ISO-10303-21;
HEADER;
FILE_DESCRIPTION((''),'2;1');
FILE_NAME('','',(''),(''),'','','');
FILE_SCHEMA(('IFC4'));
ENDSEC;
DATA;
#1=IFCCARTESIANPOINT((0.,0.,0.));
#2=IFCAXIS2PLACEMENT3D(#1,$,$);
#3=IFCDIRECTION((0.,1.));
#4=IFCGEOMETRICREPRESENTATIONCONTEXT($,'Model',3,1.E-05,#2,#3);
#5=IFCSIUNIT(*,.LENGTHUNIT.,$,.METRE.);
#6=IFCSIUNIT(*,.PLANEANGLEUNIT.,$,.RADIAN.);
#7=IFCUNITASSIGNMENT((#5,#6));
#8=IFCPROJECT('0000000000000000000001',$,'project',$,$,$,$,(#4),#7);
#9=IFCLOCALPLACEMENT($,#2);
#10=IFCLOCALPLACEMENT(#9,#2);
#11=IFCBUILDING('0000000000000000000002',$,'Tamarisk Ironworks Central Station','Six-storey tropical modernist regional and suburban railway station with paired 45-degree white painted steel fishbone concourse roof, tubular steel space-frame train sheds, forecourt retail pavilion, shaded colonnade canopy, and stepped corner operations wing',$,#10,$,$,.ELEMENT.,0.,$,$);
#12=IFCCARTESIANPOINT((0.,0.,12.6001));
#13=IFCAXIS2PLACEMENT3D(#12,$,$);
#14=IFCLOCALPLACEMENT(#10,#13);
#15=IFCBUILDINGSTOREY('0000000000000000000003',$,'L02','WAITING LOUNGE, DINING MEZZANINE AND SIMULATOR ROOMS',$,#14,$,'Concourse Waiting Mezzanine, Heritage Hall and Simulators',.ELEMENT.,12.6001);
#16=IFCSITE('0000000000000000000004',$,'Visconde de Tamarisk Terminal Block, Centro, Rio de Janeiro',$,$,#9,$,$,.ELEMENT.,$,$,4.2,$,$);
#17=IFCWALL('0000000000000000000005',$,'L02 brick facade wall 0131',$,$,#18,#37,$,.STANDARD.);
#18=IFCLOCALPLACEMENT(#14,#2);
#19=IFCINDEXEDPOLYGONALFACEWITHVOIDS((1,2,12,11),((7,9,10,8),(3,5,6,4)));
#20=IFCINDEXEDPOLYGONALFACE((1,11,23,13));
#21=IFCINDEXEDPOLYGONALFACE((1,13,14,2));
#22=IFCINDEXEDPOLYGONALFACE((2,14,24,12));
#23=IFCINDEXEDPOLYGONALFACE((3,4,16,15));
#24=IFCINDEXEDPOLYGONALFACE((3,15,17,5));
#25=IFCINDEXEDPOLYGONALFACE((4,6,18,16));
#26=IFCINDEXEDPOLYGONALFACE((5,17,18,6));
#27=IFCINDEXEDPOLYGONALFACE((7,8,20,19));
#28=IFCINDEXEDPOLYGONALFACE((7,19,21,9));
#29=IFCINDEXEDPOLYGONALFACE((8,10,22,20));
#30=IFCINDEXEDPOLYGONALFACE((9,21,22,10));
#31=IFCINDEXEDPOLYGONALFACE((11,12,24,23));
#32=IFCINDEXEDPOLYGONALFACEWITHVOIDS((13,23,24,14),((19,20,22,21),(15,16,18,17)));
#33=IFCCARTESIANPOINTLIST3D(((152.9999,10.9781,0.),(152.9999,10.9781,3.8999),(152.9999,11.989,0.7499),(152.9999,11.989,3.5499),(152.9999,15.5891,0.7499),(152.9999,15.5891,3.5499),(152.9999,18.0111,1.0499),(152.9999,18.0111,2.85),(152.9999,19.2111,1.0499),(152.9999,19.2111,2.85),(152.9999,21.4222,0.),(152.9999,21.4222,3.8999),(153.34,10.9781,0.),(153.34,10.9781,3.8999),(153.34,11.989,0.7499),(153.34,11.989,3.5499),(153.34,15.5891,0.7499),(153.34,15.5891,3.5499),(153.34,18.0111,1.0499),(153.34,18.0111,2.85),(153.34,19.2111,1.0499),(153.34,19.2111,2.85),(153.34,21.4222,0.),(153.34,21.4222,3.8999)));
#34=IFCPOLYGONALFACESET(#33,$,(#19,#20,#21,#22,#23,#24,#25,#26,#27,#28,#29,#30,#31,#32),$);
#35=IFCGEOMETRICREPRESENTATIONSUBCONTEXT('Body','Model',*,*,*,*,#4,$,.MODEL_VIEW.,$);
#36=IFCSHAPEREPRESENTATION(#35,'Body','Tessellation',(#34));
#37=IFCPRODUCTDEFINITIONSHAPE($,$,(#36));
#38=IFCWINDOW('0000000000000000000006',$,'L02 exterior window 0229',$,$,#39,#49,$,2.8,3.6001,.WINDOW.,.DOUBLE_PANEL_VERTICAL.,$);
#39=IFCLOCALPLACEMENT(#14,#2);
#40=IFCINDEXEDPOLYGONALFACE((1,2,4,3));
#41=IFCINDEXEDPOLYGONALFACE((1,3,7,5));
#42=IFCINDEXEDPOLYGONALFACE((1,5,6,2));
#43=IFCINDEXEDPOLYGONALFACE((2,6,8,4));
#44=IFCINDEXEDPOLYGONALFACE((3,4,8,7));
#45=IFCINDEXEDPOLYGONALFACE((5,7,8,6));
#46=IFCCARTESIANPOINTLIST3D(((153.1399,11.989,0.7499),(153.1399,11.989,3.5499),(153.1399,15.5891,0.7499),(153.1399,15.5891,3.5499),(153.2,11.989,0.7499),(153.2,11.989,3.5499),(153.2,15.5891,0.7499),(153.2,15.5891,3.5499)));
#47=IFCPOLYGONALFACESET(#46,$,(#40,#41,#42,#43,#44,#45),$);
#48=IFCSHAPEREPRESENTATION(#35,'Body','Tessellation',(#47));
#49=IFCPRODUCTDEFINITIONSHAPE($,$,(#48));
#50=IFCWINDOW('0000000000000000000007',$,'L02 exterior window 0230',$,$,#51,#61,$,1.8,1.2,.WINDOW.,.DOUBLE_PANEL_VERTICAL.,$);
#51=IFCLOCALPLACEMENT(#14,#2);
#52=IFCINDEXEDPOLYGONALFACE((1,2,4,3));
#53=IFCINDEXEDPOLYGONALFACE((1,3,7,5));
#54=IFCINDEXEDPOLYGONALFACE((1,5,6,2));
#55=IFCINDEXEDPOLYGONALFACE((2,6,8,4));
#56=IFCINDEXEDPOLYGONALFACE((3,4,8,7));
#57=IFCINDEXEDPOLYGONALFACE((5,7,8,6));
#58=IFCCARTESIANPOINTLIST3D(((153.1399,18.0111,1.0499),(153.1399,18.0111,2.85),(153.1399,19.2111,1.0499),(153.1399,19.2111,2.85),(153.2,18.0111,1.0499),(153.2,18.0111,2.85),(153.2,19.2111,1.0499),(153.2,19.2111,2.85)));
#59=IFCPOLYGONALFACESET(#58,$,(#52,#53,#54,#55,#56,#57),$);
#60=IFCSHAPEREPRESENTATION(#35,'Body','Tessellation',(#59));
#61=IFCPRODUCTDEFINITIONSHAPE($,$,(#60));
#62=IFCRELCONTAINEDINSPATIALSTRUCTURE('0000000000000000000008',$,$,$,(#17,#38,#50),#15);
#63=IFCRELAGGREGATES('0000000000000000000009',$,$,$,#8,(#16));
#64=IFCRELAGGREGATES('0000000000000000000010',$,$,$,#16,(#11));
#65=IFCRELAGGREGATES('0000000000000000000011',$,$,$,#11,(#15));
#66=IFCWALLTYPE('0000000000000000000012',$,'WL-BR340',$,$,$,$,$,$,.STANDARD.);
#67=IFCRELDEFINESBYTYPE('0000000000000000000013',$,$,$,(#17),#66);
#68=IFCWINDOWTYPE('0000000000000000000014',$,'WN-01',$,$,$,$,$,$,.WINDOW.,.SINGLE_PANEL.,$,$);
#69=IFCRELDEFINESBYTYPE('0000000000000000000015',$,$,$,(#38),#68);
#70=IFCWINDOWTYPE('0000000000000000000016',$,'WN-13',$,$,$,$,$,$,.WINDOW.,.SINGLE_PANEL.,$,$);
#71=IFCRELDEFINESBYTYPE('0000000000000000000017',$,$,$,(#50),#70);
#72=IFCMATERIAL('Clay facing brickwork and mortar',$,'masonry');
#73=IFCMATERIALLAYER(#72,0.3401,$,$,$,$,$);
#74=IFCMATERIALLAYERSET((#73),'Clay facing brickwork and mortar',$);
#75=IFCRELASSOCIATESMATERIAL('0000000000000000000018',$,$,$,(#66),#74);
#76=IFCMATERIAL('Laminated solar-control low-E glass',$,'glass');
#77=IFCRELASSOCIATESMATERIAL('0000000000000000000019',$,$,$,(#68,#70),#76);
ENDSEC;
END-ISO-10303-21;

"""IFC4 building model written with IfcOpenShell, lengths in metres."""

from ifc_helpers import new_model, si_unit, direction, frame, frame_2d, origin, place, context, subcontext, project, spatial, rectangle, extrude, material, layer, layer_set, type_object, element, fill, save


model = new_model("IFC4")

# Units and contexts
model_context = context("Model", 3, precision=1e-05, world=origin(), true_north=direction((0.0, 1.0)))
body_context = subcontext(model_context, "Body", "Model", "MODEL_VIEW")
ifc_project = project(units=[si_unit("LENGTHUNIT", "METRE"), si_unit("PLANEANGLEUNIT", "RADIAN")], contexts=[model_context])

# Site, building, storey
site_placement = place(None, origin())
site = spatial("IfcSite", under=ifc_project, at=site_placement, Name="Visconde de Tamarisk Terminal Block, Centro, Rio de Janeiro", CompositionType="ELEMENT", RefElevation=4.2)
building_placement = place(site_placement, origin())
building = spatial("IfcBuilding", under=site, at=building_placement, Name="Tamarisk Ironworks Central Station", Description="Six-storey tropical modernist regional and suburban railway station with paired 45-degree white painted steel fishbone concourse roof, tubular steel space-frame train sheds, forecourt retail pavilion, shaded colonnade canopy, and stepped corner operations wing", CompositionType="ELEMENT", ElevationOfRefHeight=0.0)
storey_placement = place(building_placement, frame((0.0, 0.0, 12.6001)))
storey = spatial("IfcBuildingStorey", under=building, at=storey_placement, Name="L02", Description="WAITING LOUNGE, DINING MEZZANINE AND SIMULATOR ROOMS", LongName="Concourse Waiting Mezzanine, Heritage Hall and Simulators", CompositionType="ELEMENT", Elevation=12.6001)

# Shared definitions
ifc_material_1 = material(Name="Laminated solar-control low-E glass", Category="glass")

# Wall, openings, windows
ifc_material_2 = material(Name="Clay facing brickwork and mortar", Category="masonry")
ifc_layer_1 = layer(ifc_material_2, 0.3401)
ifc_layer_set_1 = layer_set([ifc_layer_1], Name="Clay facing brickwork and mortar")
wall_type_1 = type_object("IfcWallType", Name="WL-BR340", PredefinedType="STANDARD", material=ifc_layer_set_1)
wall_1_placement = place(storey_placement, frame((153.1699, 10.978, 0.0), z_axis=(0.0, 0.0, 1.0), x_axis=(0.0, 1.0, 0.0)))
wall_1 = element("IfcWall", 1, at=wall_1_placement, inside=storey, type_object=wall_type_1, Name="L02 brick facade wall 0131", PredefinedType="STANDARD", context=body_context, shape_type="SweptSolid", body=[
    extrude(rectangle(XDim=10.4441, YDim=0.3401, at=frame_2d((5.2222, 0.0))), origin(), (0.0, 0.0, 1.0), 3.8999),
])
opening_1_placement = place(wall_1_placement, frame((1.011, 0.0, 0.75)))
opening_1 = element("IfcOpeningElement", 2, at=opening_1_placement, cuts=wall_1, PredefinedType="OPENING", context=body_context, shape_type="SweptSolid", body=[
    extrude(rectangle(XDim=3.6001, YDim=2.8, at=frame_2d((1.8, 1.3999))), frame((0.0, 0.1821, 0.0), z_axis=(0.0, -1.0, 0.0), x_axis=(1.0, 0.0, 0.0)), (0.0, 0.0, 1.0), 0.364),
])
opening_2_placement = place(wall_1_placement, frame((7.033, 0.0, 1.05)))
opening_2 = element("IfcOpeningElement", 3, at=opening_2_placement, cuts=wall_1, PredefinedType="OPENING", context=body_context, shape_type="SweptSolid", body=[
    extrude(rectangle(XDim=1.2, YDim=1.8, at=frame_2d((0.6001, 0.8999))), frame((0.0, 0.1821, 0.0), z_axis=(0.0, -1.0, 0.0), x_axis=(1.0, 0.0, 0.0)), (0.0, 0.0, 1.0), 0.364),
])
window_type_1 = type_object("IfcWindowType", Name="WN-01", PartitioningType="SINGLE_PANEL", PredefinedType="WINDOW", material=ifc_material_1)
window_1_placement = place(opening_1_placement, origin())
window_1 = element("IfcWindow", 4, at=window_1_placement, inside=storey, type_object=window_type_1, Name="L02 exterior window 0229", OverallHeight=2.8, OverallWidth=3.6001, PartitioningType="DOUBLE_PANEL_VERTICAL", PredefinedType="WINDOW", context=body_context, shape_type="SweptSolid", body=[
    extrude(rectangle(XDim=3.6001, YDim=2.8, at=frame_2d((1.8, 1.3999))), frame((0.0, 0.03, 0.0), z_axis=(0.0, -1.0, 0.0), x_axis=(1.0, 0.0, 0.0)), (0.0, 0.0, 1.0), 0.0601),
])
fill(opening_1, window_1)
window_type_2 = type_object("IfcWindowType", Name="WN-13", PartitioningType="SINGLE_PANEL", PredefinedType="WINDOW", material=ifc_material_1)
window_2_placement = place(opening_2_placement, origin())
window_2 = element("IfcWindow", 5, at=window_2_placement, inside=storey, type_object=window_type_2, Name="L02 exterior window 0230", OverallHeight=1.8, OverallWidth=1.2, PartitioningType="DOUBLE_PANEL_VERTICAL", PredefinedType="WINDOW", context=body_context, shape_type="SweptSolid", body=[
    extrude(rectangle(XDim=1.2, YDim=1.8, at=frame_2d((0.6001, 0.8999))), frame((0.0, 0.03, 0.0), z_axis=(0.0, -1.0, 0.0), x_axis=(1.0, 0.0, 0.0)), (0.0, 0.0, 1.0), 0.0601),
])
fill(opening_2, window_2)

save(model, "model.ifc")
